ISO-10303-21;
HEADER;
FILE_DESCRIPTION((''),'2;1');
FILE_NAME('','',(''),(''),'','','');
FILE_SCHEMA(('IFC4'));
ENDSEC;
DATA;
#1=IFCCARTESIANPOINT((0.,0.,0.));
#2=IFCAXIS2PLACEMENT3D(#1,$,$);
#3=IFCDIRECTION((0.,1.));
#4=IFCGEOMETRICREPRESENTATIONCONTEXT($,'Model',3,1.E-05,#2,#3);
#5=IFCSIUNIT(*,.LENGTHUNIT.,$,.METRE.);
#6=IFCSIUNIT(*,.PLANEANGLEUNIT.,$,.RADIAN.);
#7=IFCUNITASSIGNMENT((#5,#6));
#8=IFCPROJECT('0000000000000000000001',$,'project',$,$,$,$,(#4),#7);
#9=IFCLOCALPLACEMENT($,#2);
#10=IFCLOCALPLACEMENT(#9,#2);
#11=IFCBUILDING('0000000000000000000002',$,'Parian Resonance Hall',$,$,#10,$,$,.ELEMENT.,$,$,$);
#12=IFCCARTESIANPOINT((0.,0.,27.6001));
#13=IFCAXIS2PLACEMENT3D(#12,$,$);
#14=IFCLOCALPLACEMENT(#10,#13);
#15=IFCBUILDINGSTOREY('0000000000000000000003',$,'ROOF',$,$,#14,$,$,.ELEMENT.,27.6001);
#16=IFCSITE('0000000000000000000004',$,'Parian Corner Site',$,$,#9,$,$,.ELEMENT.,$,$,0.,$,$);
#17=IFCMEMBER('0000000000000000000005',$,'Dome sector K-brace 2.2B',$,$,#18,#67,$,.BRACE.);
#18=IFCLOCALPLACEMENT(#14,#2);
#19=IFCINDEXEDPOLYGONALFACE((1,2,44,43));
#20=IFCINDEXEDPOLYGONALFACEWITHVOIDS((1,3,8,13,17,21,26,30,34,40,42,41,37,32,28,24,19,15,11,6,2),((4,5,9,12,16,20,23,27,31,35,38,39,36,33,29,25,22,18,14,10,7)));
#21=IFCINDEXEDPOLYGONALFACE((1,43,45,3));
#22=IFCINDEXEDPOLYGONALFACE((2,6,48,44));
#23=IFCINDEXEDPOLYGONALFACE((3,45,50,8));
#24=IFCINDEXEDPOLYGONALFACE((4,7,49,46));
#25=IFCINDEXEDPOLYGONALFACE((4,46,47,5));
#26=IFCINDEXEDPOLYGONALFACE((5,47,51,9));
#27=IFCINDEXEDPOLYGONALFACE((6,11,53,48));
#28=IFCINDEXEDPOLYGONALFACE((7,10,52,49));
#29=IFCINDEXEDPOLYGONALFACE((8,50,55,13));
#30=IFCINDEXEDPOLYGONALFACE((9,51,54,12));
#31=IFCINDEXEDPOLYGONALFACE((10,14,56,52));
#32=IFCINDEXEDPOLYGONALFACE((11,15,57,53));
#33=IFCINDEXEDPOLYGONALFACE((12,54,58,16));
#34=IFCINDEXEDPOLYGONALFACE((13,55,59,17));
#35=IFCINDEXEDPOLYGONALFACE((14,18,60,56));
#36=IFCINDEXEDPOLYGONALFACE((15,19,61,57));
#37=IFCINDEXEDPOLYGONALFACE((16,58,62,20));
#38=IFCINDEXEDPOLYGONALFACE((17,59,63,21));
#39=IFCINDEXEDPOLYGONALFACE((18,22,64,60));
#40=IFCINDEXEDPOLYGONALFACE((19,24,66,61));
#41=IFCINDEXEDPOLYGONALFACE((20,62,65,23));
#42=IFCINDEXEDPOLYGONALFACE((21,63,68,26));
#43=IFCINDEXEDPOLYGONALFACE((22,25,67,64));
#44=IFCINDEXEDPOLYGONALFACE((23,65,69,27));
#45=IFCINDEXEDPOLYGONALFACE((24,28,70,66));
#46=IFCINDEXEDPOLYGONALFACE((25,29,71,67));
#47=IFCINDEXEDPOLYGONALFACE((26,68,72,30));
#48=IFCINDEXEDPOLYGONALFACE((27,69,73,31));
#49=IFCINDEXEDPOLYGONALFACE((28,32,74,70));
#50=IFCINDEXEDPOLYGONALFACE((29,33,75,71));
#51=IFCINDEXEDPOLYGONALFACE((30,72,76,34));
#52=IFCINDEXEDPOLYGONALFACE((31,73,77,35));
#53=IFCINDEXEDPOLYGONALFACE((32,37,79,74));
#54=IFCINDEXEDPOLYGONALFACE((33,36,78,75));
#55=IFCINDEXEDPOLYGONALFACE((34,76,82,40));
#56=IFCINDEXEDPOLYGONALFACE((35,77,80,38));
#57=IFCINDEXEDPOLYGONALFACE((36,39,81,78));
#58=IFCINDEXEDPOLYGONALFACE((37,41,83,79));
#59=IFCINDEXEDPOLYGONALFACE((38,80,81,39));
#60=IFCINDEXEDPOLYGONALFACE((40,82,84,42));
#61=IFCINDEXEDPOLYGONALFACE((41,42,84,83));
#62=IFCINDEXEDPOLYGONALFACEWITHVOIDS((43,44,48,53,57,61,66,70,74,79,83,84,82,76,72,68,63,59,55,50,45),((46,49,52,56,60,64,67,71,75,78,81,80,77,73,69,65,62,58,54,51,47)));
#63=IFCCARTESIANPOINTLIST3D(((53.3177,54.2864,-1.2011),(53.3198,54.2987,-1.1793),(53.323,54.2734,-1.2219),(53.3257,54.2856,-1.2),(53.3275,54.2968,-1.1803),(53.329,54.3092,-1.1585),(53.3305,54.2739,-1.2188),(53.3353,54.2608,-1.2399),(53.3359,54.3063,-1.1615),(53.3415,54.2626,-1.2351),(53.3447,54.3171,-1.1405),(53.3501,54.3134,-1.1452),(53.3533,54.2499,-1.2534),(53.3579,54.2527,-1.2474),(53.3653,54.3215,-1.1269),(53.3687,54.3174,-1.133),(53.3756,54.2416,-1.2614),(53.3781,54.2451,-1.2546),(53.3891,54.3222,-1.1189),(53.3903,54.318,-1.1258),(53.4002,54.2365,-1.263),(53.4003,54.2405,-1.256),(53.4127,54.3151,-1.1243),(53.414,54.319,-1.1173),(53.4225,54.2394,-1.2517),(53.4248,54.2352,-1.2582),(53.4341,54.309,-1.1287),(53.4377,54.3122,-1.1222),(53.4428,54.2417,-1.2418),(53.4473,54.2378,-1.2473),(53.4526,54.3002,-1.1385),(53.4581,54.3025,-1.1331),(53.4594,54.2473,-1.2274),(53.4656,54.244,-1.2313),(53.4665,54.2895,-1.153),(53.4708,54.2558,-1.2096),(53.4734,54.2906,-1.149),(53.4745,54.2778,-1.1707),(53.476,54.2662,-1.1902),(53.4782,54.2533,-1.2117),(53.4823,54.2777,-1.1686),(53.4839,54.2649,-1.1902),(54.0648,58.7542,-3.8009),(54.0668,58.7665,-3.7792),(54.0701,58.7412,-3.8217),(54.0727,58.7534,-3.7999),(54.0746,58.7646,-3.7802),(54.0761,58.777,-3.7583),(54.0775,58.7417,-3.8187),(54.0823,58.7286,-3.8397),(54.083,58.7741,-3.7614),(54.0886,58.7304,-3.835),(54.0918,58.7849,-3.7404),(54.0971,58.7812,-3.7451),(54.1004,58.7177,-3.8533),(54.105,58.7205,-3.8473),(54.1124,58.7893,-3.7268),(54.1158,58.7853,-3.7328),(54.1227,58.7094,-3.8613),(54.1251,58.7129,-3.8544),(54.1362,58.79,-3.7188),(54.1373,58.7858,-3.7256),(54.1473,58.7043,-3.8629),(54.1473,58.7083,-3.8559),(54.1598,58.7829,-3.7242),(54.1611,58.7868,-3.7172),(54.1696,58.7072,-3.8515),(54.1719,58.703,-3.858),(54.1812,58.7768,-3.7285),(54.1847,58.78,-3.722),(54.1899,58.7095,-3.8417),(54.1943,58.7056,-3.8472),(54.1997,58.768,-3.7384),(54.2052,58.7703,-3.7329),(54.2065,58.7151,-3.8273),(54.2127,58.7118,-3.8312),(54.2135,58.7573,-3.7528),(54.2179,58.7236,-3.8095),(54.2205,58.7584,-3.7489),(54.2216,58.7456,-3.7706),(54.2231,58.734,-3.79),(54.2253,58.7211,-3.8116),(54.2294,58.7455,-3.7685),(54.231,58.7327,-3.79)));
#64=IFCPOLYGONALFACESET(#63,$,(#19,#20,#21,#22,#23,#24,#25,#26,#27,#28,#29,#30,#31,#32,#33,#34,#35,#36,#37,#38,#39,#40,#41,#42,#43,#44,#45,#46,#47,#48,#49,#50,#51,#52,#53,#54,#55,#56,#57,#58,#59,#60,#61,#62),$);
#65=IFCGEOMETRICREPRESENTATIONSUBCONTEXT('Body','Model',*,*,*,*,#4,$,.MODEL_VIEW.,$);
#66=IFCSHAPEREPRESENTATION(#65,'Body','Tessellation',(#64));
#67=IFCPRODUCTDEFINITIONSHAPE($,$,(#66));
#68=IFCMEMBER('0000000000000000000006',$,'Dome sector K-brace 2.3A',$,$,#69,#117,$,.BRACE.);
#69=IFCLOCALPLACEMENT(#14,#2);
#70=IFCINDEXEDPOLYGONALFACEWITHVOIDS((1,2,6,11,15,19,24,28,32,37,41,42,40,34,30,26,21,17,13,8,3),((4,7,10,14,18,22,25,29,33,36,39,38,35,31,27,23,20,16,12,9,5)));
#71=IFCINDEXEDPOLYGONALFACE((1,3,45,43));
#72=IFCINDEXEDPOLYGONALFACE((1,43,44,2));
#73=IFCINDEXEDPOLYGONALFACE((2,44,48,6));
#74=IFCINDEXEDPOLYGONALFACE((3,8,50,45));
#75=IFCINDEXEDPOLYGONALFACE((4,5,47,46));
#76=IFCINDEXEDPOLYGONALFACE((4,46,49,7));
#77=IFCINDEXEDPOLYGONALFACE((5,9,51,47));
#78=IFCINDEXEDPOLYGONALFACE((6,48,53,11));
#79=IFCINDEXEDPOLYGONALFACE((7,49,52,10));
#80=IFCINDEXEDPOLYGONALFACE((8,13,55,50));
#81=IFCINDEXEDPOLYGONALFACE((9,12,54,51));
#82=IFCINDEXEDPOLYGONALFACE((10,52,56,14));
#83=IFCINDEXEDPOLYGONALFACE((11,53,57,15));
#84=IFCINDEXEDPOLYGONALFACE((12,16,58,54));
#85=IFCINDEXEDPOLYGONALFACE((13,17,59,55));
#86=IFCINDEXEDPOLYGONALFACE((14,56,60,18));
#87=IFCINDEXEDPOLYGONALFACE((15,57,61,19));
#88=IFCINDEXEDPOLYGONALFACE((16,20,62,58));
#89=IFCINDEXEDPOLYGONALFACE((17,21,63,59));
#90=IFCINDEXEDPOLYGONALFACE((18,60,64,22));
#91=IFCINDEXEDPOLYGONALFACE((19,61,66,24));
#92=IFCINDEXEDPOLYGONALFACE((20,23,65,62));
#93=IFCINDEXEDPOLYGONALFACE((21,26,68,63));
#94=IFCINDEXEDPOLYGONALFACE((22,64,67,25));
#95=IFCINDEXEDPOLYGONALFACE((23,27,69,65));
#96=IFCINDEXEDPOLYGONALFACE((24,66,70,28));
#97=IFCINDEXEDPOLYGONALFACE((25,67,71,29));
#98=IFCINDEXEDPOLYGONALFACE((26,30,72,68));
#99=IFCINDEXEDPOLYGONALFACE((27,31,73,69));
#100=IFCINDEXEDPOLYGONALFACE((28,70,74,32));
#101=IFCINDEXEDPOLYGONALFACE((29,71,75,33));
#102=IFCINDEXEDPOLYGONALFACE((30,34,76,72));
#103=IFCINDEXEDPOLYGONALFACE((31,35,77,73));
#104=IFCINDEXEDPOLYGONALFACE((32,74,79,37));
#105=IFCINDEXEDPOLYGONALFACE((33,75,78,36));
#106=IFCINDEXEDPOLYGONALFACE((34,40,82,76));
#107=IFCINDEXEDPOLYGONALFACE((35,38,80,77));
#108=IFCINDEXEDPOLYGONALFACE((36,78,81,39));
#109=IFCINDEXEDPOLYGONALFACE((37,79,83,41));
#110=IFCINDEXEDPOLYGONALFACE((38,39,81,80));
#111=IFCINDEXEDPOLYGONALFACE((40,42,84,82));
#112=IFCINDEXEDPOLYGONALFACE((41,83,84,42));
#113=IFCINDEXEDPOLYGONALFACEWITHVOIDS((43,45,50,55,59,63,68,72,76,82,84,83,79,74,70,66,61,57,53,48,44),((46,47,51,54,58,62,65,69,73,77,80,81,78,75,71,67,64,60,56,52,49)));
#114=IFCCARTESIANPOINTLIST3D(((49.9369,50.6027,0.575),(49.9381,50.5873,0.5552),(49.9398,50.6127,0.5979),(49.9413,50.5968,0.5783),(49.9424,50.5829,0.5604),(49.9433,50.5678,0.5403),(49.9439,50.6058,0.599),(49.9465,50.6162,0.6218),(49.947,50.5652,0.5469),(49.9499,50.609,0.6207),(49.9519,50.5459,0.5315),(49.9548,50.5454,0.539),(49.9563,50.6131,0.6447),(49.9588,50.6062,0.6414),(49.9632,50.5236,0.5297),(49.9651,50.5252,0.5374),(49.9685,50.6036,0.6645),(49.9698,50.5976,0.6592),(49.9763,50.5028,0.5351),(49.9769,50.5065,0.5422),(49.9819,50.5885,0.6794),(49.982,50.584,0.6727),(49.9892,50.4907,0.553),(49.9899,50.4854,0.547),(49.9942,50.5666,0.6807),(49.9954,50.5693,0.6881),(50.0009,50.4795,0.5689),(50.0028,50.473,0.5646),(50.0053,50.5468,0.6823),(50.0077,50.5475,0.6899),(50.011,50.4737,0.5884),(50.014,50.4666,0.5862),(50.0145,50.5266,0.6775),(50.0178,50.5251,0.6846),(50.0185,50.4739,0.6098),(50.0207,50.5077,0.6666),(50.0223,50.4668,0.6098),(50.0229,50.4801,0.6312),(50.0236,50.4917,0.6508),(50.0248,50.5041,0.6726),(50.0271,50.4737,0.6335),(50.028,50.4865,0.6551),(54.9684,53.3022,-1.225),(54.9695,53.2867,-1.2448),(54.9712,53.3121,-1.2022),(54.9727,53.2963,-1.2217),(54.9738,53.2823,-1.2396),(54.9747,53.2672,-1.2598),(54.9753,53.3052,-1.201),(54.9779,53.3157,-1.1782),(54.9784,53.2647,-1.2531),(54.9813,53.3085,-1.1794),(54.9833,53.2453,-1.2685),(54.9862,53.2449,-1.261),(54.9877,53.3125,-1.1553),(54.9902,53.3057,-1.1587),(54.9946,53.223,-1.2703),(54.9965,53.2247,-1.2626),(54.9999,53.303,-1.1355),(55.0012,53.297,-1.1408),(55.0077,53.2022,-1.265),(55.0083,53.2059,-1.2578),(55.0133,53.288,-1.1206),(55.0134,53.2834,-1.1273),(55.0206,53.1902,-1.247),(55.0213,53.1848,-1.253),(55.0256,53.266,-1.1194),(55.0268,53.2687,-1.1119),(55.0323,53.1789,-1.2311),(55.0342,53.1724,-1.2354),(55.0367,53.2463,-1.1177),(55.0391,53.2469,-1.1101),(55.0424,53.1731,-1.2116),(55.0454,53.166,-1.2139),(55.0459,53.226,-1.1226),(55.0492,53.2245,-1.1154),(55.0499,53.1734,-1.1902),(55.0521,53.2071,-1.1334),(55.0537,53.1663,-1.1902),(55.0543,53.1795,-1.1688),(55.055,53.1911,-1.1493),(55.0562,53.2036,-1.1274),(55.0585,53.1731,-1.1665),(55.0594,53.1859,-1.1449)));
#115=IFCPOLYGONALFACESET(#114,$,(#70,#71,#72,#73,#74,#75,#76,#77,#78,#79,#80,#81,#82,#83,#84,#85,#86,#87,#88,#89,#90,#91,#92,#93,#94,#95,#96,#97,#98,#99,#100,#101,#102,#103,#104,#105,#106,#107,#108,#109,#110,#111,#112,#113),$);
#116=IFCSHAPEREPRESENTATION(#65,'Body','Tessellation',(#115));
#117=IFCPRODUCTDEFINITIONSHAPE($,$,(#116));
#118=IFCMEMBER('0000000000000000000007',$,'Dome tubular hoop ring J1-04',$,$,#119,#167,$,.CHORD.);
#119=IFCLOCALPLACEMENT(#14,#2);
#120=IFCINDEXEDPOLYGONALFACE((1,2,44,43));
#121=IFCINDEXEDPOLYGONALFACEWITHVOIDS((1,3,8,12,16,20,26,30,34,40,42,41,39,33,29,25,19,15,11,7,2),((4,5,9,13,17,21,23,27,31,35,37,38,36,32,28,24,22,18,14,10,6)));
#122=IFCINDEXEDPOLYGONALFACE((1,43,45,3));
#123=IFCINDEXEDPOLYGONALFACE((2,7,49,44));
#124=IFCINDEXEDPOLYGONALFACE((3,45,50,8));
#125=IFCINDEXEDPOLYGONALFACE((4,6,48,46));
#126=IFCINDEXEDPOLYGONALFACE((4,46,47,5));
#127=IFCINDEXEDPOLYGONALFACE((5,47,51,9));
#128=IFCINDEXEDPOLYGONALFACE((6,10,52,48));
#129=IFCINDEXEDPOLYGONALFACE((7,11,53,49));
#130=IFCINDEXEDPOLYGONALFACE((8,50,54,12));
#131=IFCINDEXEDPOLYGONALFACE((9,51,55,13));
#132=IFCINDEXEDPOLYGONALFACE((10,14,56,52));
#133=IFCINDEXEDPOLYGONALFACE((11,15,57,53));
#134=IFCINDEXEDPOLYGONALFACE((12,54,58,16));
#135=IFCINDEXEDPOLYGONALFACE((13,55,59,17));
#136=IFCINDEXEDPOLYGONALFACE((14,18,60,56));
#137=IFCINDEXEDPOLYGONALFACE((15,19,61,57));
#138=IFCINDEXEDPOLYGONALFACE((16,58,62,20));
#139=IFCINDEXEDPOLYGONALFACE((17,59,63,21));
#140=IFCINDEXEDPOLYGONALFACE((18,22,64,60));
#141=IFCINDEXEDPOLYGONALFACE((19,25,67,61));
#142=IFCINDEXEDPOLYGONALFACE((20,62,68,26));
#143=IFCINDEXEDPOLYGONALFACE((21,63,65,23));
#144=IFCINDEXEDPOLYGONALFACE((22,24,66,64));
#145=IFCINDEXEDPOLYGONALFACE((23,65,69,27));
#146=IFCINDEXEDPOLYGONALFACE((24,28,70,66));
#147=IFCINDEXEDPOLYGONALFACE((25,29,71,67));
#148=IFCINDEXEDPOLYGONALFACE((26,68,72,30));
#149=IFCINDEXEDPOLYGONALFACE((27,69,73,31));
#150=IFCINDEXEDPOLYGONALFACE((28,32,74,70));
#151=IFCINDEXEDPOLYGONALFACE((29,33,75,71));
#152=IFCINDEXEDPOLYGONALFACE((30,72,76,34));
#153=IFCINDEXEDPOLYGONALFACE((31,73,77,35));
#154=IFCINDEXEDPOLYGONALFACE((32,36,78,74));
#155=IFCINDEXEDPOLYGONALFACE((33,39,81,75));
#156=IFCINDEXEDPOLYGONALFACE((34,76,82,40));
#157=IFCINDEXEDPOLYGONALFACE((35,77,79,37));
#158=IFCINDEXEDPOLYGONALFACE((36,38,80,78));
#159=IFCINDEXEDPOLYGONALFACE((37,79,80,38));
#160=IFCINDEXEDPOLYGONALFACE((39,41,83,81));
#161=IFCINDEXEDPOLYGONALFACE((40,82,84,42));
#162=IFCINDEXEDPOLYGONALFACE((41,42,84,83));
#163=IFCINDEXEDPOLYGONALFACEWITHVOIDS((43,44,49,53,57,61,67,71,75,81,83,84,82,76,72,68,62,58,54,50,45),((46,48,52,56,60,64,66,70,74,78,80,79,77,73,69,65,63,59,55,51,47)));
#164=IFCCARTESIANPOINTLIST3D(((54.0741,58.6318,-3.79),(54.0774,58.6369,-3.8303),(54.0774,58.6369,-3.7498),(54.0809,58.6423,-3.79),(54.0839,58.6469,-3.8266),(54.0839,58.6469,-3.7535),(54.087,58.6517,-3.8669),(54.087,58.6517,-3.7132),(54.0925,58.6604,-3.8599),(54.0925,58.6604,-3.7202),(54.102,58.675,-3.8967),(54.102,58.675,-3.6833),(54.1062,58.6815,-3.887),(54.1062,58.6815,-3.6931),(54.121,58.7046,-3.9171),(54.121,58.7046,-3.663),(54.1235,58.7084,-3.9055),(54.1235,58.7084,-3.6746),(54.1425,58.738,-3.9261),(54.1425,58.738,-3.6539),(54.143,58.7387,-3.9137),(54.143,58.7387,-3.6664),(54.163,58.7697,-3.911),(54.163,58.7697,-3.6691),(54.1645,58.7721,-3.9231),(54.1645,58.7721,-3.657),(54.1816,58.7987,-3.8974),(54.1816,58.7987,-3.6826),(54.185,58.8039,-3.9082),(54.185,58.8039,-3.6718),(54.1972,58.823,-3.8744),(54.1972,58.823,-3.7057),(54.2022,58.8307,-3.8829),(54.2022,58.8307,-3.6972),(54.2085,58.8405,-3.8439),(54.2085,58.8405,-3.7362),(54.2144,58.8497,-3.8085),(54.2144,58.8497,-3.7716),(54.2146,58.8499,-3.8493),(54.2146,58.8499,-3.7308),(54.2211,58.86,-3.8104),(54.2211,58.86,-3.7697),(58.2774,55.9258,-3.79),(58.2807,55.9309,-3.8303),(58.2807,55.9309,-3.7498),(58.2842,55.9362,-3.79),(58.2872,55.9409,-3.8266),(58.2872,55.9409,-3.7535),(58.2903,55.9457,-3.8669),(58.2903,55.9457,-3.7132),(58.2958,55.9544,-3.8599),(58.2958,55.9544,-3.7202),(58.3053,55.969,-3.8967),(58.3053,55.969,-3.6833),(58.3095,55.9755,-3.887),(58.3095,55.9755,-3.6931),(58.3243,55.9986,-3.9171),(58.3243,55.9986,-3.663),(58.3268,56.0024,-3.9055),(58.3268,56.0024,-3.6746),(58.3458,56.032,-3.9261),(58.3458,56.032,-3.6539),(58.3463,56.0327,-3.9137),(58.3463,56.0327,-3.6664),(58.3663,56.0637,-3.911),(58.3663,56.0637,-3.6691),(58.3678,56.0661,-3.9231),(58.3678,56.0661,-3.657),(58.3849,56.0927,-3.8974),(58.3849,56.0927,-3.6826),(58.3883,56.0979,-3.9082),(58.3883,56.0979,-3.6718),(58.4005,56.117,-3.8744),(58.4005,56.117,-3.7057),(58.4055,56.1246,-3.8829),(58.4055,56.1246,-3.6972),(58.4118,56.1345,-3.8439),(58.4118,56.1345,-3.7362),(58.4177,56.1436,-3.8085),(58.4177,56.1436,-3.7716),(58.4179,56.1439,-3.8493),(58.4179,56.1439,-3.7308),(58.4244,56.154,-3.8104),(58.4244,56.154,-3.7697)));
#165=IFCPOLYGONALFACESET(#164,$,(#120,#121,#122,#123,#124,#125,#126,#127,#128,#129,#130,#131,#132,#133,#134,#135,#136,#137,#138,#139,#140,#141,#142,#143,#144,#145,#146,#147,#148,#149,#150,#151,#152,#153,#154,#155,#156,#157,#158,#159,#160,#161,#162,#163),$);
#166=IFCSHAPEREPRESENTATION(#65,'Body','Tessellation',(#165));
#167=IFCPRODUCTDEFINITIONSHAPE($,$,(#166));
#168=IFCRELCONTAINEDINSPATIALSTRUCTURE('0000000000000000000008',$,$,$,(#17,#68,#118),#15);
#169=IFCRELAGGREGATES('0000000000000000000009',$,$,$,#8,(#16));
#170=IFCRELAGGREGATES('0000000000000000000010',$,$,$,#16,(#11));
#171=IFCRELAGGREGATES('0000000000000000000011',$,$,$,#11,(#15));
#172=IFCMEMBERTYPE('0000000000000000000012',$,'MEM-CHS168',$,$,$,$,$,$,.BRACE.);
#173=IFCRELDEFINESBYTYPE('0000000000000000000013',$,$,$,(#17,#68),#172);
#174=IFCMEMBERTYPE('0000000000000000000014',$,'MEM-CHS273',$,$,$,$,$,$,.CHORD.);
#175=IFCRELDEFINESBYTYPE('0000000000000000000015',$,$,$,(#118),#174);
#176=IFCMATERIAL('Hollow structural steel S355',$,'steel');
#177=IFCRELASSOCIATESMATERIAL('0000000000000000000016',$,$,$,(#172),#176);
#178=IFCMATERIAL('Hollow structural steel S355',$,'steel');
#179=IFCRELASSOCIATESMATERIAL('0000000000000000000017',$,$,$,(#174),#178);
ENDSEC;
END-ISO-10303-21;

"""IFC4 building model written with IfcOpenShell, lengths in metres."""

from ifc_helpers import new_model, si_unit, direction, frame, origin, origin_2d, place, context, subcontext, project, spatial, hollow_circle, extrude, material, material_profile, profile_set, type_object, element, save


model = new_model("IFC4")

# Units and contexts
model_context = context("Model", 3, precision=1e-05, world=origin(), true_north=direction((0.0, 1.0)))
body_context = subcontext(model_context, "Body", "Model", "MODEL_VIEW")
ifc_project = project(units=[si_unit("LENGTHUNIT", "METRE"), si_unit("PLANEANGLEUNIT", "RADIAN")], contexts=[model_context])

# Site, building, storey
site_placement = place(None, origin())
site = spatial("IfcSite", under=ifc_project, at=site_placement, Name="Parian Corner Site", CompositionType="ELEMENT", RefElevation=0.0)
building_placement = place(site_placement, origin())
building = spatial("IfcBuilding", under=site, at=building_placement, Name="Parian Resonance Hall", CompositionType="ELEMENT")
storey_placement = place(building_placement, frame((0.0, 0.0, 27.6001)))
storey = spatial("IfcBuildingStorey", under=building, at=storey_placement, Name="ROOF", CompositionType="ELEMENT", Elevation=27.6001)

# Members
ifc_material_1 = material(Name="Hollow structural steel S355", Category="steel")
ifc_material_profile_1 = material_profile(ifc_material_1, hollow_circle(Radius=0.0842, WallThickness=0.0081, at=origin_2d()), Name="CHS168.3x8")
ifc_profile_set_1 = profile_set([ifc_material_profile_1], Name="Hollow structural steel S355")
member_type_1 = type_object("IfcMemberType", Name="MEM-CHS168", PredefinedType="BRACE", material=ifc_profile_set_1)
member_1_placement = place(storey_placement, frame((54.1479, 58.7466, -3.79), z_axis=(-0.143038, -0.855425, 0.497783), x_axis=(0.986306, -0.164923, 0.0)))
element("IfcMember", 1, at=member_1_placement, inside=storey, type_object=member_type_1, Name="Dome sector K-brace 2.2B", PredefinedType="BRACE", context=body_context, shape_type="SweptSolid", body=[
    extrude(hollow_circle(Radius=0.0842, WallThickness=0.0081, at=origin_2d()), origin(), (0.0, 0.0, 1.0), 5.2229),
])
member_2_placement = place(storey_placement, frame((55.0139, 53.2405, -1.1902), z_axis=(-0.840414, -0.450893, 0.300664), x_axis=(0.472768, -0.881187, 0.0)))
element("IfcMember", 2, at=member_2_placement, inside=storey, type_object=member_type_1, Name="Dome sector K-brace 2.3A", PredefinedType="BRACE", context=body_context, shape_type="SweptSolid", body=[
    extrude(hollow_circle(Radius=0.0842, WallThickness=0.0081, at=origin_2d()), origin(), (0.0, 0.0, 1.0), 5.9868),
])
ifc_material_2 = material(Name="Hollow structural steel S355", Category="steel")
ifc_material_profile_2 = material_profile(ifc_material_2, hollow_circle(Radius=0.1365, WallThickness=0.0125, at=origin_2d()), Name="CHS273x12.5")
ifc_profile_set_2 = profile_set([ifc_material_profile_2], Name="Hollow structural steel S355")
member_type_2 = type_object("IfcMemberType", Name="MEM-CHS273", PredefinedType="CHORD", material=ifc_profile_set_2)
member_3_placement = place(storey_placement, frame((58.3513, 56.0405, -3.79), z_axis=(-0.840824, 0.541308, 0.0), x_axis=(-0.541308, -0.840824, 0.0)))
element("IfcMember", 3, at=member_3_placement, inside=storey, type_object=member_type_2, Name="Dome tubular hoop ring J1-04", PredefinedType="CHORD", context=body_context, shape_type="SweptSolid", body=[
    extrude(hollow_circle(Radius=0.1365, WallThickness=0.0125, at=origin_2d()), origin(), (0.0, 0.0, 1.0), 4.999),
])

save(model, "model.ifc")
